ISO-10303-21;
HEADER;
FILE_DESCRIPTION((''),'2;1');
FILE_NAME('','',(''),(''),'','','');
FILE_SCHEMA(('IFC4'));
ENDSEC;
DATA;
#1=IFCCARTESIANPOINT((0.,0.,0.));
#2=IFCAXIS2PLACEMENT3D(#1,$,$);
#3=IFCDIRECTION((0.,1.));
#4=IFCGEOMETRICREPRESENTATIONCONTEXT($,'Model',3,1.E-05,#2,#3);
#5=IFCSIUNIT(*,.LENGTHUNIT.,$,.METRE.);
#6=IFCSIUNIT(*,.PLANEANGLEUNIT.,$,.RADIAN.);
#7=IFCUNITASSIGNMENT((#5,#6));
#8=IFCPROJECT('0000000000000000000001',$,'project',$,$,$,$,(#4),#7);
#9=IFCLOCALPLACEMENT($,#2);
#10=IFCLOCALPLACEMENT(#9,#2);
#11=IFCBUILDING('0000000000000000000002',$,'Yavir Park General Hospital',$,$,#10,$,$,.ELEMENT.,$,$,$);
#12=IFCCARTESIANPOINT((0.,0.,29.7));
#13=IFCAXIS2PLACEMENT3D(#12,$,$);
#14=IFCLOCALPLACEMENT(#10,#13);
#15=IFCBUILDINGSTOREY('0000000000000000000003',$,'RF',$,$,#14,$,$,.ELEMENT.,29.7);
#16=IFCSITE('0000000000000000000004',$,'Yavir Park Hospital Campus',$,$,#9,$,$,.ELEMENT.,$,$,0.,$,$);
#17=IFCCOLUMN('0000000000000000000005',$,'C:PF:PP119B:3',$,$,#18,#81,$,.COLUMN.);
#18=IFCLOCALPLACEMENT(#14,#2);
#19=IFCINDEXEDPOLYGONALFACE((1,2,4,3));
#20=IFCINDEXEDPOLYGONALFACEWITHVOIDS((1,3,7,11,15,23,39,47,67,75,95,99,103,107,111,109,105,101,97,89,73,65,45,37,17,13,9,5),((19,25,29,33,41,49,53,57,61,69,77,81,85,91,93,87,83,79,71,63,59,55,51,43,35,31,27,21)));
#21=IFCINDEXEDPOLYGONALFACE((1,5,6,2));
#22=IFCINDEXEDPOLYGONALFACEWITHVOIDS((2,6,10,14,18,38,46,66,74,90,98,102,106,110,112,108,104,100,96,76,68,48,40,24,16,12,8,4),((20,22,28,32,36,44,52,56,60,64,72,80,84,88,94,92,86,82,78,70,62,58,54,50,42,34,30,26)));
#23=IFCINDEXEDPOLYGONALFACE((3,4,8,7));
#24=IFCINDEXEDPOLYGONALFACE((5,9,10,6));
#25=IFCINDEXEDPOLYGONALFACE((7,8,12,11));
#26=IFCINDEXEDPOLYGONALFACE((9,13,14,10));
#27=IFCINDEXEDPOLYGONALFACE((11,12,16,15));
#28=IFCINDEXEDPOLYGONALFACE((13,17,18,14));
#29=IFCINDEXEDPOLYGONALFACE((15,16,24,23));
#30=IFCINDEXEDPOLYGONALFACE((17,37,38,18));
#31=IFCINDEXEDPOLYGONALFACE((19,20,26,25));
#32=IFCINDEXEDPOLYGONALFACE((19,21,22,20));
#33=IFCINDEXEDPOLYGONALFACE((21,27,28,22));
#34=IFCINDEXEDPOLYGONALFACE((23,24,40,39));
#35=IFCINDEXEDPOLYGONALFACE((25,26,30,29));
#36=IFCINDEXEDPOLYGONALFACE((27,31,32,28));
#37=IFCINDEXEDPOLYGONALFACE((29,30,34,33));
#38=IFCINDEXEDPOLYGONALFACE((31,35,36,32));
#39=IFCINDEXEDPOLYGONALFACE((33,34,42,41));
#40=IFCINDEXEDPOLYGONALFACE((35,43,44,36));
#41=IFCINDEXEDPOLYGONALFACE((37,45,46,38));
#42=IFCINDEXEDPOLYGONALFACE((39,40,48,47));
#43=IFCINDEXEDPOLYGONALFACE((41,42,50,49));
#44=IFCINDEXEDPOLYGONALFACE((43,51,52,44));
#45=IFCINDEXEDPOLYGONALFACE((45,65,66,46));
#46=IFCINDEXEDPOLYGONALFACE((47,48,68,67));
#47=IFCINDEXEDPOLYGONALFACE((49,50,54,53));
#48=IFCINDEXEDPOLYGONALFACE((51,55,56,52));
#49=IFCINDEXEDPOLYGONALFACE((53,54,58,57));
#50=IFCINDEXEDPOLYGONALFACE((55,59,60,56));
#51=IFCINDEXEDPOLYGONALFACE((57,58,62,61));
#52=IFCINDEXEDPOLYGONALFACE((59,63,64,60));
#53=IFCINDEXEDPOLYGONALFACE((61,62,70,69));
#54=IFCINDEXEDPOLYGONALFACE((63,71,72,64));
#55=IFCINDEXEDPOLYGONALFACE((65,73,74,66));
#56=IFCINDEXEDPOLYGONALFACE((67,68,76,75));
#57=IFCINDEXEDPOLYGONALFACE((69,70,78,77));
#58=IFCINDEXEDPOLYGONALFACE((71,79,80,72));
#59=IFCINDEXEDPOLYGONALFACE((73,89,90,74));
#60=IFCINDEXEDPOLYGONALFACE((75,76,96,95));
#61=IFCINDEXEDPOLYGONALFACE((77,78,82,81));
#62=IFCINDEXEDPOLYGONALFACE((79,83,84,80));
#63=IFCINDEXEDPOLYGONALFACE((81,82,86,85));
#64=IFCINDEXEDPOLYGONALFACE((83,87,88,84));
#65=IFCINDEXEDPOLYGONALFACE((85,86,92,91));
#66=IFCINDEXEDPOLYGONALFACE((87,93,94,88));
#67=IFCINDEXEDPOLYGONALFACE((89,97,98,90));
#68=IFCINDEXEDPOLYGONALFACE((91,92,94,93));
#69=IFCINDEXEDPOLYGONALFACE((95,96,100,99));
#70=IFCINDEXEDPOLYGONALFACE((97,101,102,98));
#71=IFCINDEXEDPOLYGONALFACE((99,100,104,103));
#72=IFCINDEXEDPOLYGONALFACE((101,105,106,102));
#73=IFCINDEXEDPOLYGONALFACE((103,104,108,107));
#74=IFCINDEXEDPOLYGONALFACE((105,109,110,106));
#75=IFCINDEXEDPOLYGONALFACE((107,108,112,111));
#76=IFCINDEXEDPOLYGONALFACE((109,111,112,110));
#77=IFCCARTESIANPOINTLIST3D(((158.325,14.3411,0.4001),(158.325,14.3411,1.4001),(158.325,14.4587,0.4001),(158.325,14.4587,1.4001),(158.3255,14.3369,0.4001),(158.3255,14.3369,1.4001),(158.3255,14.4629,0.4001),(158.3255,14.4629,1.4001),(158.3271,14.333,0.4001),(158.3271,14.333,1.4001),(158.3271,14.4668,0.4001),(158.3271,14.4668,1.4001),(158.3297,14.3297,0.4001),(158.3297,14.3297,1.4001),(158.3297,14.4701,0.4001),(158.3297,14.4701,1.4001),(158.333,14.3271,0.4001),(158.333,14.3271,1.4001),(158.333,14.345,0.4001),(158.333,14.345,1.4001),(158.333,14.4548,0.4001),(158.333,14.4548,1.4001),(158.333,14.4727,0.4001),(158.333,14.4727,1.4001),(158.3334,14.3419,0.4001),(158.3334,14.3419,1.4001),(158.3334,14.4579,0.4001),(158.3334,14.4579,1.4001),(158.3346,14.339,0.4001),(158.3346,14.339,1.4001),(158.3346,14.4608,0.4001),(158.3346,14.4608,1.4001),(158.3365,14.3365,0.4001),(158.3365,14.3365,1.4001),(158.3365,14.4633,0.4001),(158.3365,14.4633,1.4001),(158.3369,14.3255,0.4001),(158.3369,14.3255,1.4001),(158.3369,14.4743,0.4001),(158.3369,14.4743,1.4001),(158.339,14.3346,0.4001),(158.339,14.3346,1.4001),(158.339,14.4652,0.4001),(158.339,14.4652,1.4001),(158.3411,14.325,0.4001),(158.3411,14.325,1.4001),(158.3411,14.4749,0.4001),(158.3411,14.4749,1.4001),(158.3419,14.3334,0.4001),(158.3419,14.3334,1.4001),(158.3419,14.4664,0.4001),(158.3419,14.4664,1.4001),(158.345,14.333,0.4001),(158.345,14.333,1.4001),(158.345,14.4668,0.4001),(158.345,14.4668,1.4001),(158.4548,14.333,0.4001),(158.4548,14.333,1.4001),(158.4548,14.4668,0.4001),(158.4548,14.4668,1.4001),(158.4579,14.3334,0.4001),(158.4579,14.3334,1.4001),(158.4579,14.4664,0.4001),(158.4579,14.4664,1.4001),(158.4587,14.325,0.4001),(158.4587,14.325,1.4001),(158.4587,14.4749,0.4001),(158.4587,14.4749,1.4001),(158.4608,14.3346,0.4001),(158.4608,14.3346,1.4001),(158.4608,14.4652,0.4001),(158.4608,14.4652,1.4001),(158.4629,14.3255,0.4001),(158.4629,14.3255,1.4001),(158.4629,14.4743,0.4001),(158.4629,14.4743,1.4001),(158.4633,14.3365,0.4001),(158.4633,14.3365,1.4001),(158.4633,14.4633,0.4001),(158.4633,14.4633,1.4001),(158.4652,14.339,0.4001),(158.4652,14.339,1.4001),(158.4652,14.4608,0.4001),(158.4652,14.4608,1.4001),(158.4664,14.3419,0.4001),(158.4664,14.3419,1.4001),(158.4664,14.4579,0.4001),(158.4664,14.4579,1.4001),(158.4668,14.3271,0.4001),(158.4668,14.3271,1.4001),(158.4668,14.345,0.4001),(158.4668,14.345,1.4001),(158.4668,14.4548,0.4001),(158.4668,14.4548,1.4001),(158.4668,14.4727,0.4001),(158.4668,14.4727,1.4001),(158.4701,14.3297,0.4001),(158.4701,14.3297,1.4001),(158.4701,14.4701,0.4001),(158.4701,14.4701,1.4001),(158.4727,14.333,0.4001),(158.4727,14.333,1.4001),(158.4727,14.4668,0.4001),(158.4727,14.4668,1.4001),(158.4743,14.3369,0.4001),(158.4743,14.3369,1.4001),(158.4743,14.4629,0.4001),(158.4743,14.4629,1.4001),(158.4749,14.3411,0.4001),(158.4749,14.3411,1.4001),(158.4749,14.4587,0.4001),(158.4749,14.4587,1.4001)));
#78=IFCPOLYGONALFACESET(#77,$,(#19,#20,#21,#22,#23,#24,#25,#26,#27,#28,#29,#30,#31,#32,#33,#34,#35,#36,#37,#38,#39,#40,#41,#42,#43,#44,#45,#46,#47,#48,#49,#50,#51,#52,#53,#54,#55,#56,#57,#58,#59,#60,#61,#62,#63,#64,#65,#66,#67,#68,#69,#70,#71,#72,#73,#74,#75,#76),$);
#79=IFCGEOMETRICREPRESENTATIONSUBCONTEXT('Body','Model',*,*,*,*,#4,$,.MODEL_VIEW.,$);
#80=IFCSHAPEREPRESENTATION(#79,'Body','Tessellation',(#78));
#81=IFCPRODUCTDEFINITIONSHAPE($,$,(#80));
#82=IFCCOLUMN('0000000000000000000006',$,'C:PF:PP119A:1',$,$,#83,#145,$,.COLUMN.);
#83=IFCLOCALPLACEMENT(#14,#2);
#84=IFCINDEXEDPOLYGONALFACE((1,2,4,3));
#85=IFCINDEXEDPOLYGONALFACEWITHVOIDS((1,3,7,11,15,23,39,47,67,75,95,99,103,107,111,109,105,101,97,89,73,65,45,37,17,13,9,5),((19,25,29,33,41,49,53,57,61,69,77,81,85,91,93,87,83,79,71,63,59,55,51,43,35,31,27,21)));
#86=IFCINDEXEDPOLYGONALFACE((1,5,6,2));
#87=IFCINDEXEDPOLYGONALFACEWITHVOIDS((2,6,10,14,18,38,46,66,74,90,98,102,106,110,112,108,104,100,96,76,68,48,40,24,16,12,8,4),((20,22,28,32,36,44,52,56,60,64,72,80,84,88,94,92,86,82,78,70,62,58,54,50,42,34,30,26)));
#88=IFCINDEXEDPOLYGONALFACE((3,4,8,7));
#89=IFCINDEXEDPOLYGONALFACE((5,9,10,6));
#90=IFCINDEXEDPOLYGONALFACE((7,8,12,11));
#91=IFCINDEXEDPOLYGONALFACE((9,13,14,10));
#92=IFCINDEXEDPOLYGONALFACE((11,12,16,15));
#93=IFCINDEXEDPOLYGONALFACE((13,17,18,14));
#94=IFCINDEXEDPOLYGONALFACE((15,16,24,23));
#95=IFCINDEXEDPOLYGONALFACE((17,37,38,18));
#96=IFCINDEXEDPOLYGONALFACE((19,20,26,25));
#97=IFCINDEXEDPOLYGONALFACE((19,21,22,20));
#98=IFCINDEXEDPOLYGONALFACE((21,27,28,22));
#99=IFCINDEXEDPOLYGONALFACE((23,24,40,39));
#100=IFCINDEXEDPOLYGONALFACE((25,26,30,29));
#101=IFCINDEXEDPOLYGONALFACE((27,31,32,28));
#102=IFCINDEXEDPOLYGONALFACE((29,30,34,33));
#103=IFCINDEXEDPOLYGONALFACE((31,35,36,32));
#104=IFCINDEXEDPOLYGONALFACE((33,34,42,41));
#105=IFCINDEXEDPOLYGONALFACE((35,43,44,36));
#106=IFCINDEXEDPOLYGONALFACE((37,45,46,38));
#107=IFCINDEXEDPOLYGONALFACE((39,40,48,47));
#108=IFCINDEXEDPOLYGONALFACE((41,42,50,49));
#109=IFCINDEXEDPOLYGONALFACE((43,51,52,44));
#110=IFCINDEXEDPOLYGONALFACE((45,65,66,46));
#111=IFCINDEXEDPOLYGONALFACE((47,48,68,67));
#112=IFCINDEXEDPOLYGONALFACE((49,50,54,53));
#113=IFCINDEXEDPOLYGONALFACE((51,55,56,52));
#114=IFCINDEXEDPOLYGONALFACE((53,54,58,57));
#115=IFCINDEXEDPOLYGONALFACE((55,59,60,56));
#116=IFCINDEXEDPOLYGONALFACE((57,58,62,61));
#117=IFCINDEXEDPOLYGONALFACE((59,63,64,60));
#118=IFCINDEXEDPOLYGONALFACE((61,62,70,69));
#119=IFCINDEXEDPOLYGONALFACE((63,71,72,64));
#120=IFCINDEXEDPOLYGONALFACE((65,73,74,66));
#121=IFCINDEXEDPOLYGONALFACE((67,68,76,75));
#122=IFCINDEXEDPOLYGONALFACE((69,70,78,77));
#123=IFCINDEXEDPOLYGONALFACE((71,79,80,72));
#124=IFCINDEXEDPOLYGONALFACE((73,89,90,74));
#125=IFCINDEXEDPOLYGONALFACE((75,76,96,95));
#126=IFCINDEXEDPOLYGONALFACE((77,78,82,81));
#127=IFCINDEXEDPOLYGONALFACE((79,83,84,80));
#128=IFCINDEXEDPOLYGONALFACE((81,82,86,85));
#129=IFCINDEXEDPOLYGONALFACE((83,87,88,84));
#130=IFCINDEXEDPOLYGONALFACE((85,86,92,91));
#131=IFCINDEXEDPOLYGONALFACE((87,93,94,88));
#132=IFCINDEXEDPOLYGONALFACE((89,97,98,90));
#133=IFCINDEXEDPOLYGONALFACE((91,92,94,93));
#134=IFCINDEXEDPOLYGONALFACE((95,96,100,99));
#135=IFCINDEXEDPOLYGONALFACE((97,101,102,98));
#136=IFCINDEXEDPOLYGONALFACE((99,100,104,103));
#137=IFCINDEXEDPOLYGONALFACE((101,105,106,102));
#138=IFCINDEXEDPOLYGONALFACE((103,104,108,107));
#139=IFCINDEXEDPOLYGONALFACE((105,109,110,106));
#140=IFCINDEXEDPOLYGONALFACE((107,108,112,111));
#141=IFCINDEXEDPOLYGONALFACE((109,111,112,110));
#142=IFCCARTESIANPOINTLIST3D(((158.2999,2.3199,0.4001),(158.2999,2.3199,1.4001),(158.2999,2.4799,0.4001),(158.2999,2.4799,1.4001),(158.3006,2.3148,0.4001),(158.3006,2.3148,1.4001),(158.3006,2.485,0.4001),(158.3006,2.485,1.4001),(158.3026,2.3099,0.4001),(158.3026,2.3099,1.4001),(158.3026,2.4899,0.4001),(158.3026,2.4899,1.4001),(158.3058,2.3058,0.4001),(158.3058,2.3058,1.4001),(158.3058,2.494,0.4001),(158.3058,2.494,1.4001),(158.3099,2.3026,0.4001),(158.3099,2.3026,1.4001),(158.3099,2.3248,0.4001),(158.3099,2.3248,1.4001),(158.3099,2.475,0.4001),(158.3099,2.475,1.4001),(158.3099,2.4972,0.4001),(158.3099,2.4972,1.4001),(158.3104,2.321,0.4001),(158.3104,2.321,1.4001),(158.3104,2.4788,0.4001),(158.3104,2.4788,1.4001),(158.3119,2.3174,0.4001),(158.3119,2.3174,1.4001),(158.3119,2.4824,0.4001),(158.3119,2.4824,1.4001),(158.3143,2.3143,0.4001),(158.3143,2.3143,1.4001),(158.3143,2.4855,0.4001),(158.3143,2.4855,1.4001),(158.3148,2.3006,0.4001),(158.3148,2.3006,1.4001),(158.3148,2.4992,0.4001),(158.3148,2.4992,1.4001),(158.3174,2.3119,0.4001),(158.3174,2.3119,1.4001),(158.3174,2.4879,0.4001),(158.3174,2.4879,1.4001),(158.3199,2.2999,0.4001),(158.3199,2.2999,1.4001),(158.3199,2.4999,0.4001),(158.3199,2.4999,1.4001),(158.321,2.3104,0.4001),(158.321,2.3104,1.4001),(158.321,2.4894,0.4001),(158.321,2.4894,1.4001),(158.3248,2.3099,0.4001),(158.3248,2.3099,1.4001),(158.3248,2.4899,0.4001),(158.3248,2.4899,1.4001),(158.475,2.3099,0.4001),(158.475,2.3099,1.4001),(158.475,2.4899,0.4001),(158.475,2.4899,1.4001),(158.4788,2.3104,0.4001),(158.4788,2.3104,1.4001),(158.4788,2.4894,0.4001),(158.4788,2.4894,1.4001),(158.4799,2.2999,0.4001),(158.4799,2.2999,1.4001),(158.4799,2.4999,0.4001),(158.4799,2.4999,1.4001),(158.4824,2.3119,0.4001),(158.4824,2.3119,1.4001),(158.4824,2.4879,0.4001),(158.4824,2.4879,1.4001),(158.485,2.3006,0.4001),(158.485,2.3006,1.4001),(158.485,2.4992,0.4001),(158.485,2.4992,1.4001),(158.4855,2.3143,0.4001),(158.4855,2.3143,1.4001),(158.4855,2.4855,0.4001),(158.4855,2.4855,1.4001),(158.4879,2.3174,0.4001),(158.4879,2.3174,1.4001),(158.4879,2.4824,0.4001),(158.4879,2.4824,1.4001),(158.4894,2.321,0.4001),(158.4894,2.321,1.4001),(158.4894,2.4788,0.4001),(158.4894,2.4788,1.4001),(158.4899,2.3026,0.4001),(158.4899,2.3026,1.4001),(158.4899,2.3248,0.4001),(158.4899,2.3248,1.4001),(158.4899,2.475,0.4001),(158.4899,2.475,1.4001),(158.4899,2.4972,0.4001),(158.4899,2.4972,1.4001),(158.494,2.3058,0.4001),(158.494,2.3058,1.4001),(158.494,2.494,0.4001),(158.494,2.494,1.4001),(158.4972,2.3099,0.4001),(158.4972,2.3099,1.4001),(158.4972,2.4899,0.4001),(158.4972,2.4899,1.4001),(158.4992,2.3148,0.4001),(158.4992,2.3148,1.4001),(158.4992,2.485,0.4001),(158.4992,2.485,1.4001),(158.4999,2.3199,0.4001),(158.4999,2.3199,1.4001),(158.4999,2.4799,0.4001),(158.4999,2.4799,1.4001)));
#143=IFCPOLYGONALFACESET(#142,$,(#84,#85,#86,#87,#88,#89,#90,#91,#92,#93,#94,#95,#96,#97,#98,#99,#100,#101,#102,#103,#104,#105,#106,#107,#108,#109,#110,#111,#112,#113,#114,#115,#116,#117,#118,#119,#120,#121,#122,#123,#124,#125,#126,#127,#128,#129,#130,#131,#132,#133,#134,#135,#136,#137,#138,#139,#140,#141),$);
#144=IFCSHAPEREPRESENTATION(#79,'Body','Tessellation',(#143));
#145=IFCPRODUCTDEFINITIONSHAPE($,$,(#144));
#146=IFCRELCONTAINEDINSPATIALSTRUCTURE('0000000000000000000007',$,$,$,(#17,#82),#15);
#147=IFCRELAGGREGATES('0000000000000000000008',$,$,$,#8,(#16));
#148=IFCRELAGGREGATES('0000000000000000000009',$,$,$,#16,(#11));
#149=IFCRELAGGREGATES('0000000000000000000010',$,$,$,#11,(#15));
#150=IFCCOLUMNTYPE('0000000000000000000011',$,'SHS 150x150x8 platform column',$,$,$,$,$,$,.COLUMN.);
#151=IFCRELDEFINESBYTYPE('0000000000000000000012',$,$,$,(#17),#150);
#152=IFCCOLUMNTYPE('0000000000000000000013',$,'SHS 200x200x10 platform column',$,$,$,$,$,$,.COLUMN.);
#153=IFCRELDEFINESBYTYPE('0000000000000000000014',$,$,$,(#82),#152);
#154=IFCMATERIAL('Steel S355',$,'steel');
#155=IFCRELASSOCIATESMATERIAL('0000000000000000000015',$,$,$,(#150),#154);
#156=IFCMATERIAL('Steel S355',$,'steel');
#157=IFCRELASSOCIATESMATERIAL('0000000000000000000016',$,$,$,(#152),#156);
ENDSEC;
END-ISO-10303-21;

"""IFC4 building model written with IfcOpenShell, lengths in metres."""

from ifc_helpers import new_model, si_unit, direction, frame, origin, origin_2d, place, context, subcontext, project, spatial, hollow_rectangle, extrude, material, material_profile, profile_set, type_object, element, save


model = new_model("IFC4")

# Units and contexts
model_context = context("Model", 3, precision=1e-05, world=origin(), true_north=direction((0.0, 1.0)))
body_context = subcontext(model_context, "Body", "Model", "MODEL_VIEW")
ifc_project = project(units=[si_unit("LENGTHUNIT", "METRE"), si_unit("PLANEANGLEUNIT", "RADIAN")], contexts=[model_context])

# Site, building, storey
site_placement = place(None, origin())
site = spatial("IfcSite", under=ifc_project, at=site_placement, Name="Yavir Park Hospital Campus", CompositionType="ELEMENT", RefElevation=0.0)
building_placement = place(site_placement, origin())
building = spatial("IfcBuilding", under=site, at=building_placement, Name="Yavir Park General Hospital", CompositionType="ELEMENT")
storey_placement = place(building_placement, frame((0.0, 0.0, 29.7)))
storey = spatial("IfcBuildingStorey", under=building, at=storey_placement, Name="RF", CompositionType="ELEMENT", Elevation=29.7)

# Columns
ifc_material_1 = material(Name="Steel S355", Category="steel")
ifc_material_profile_1 = material_profile(ifc_material_1, hollow_rectangle(XDim=0.1499, YDim=0.1499, WallThickness=0.0081, InnerFilletRadius=0.012, OuterFilletRadius=0.0161, at=origin_2d()), Name="SHS150x150x8")
ifc_profile_set_1 = profile_set([ifc_material_profile_1], Name="Steel S355")
column_type_1 = type_object("IfcColumnType", Name="SHS 150x150x8 platform column", PredefinedType="COLUMN", material=ifc_profile_set_1)
for number, where, z_axis, x_axis, name in (
    (1, (158.3999, 14.3999, 0.4001), (0.0, 0.0, 1.0), (1.0, 0.0, 0.0), "C:PF:PP119B:3"),
):
    element("IfcColumn", number, at=place(storey_placement, frame(where, z_axis=z_axis, x_axis=x_axis)), inside=storey, type_object=column_type_1, Name=name, PredefinedType="COLUMN", context=body_context, shape_type="SweptSolid", body=[
        extrude(hollow_rectangle(XDim=0.1499, YDim=0.1499, WallThickness=0.0081, InnerFilletRadius=0.012, OuterFilletRadius=0.0161, at=origin_2d()), origin(), (0.0, 0.0, 1.0), 1.0),
    ])
ifc_material_2 = material(Name="Steel S355", Category="steel")
ifc_material_profile_2 = material_profile(ifc_material_2, hollow_rectangle(XDim=0.2, YDim=0.2, WallThickness=0.01, InnerFilletRadius=0.0149, OuterFilletRadius=0.02, at=origin_2d()), Name="SHS200x200x10")
ifc_profile_set_2 = profile_set([ifc_material_profile_2], Name="Steel S355")
column_type_2 = type_object("IfcColumnType", Name="SHS 200x200x10 platform column", PredefinedType="COLUMN", material=ifc_profile_set_2)
for number, where, z_axis, x_axis, name in (
    (2, (158.3999, 2.3999, 0.4001), (0.0, 0.0, 1.0), (1.0, 0.0, 0.0), "C:PF:PP119A:1"),
):
    element("IfcColumn", number, at=place(storey_placement, frame(where, z_axis=z_axis, x_axis=x_axis)), inside=storey, type_object=column_type_2, Name=name, PredefinedType="COLUMN", context=body_context, shape_type="SweptSolid", body=[
        extrude(hollow_rectangle(XDim=0.2, YDim=0.2, WallThickness=0.01, InnerFilletRadius=0.0149, OuterFilletRadius=0.02, at=origin_2d()), origin(), (0.0, 0.0, 1.0), 1.0),
    ])

save(model, "model.ifc")
